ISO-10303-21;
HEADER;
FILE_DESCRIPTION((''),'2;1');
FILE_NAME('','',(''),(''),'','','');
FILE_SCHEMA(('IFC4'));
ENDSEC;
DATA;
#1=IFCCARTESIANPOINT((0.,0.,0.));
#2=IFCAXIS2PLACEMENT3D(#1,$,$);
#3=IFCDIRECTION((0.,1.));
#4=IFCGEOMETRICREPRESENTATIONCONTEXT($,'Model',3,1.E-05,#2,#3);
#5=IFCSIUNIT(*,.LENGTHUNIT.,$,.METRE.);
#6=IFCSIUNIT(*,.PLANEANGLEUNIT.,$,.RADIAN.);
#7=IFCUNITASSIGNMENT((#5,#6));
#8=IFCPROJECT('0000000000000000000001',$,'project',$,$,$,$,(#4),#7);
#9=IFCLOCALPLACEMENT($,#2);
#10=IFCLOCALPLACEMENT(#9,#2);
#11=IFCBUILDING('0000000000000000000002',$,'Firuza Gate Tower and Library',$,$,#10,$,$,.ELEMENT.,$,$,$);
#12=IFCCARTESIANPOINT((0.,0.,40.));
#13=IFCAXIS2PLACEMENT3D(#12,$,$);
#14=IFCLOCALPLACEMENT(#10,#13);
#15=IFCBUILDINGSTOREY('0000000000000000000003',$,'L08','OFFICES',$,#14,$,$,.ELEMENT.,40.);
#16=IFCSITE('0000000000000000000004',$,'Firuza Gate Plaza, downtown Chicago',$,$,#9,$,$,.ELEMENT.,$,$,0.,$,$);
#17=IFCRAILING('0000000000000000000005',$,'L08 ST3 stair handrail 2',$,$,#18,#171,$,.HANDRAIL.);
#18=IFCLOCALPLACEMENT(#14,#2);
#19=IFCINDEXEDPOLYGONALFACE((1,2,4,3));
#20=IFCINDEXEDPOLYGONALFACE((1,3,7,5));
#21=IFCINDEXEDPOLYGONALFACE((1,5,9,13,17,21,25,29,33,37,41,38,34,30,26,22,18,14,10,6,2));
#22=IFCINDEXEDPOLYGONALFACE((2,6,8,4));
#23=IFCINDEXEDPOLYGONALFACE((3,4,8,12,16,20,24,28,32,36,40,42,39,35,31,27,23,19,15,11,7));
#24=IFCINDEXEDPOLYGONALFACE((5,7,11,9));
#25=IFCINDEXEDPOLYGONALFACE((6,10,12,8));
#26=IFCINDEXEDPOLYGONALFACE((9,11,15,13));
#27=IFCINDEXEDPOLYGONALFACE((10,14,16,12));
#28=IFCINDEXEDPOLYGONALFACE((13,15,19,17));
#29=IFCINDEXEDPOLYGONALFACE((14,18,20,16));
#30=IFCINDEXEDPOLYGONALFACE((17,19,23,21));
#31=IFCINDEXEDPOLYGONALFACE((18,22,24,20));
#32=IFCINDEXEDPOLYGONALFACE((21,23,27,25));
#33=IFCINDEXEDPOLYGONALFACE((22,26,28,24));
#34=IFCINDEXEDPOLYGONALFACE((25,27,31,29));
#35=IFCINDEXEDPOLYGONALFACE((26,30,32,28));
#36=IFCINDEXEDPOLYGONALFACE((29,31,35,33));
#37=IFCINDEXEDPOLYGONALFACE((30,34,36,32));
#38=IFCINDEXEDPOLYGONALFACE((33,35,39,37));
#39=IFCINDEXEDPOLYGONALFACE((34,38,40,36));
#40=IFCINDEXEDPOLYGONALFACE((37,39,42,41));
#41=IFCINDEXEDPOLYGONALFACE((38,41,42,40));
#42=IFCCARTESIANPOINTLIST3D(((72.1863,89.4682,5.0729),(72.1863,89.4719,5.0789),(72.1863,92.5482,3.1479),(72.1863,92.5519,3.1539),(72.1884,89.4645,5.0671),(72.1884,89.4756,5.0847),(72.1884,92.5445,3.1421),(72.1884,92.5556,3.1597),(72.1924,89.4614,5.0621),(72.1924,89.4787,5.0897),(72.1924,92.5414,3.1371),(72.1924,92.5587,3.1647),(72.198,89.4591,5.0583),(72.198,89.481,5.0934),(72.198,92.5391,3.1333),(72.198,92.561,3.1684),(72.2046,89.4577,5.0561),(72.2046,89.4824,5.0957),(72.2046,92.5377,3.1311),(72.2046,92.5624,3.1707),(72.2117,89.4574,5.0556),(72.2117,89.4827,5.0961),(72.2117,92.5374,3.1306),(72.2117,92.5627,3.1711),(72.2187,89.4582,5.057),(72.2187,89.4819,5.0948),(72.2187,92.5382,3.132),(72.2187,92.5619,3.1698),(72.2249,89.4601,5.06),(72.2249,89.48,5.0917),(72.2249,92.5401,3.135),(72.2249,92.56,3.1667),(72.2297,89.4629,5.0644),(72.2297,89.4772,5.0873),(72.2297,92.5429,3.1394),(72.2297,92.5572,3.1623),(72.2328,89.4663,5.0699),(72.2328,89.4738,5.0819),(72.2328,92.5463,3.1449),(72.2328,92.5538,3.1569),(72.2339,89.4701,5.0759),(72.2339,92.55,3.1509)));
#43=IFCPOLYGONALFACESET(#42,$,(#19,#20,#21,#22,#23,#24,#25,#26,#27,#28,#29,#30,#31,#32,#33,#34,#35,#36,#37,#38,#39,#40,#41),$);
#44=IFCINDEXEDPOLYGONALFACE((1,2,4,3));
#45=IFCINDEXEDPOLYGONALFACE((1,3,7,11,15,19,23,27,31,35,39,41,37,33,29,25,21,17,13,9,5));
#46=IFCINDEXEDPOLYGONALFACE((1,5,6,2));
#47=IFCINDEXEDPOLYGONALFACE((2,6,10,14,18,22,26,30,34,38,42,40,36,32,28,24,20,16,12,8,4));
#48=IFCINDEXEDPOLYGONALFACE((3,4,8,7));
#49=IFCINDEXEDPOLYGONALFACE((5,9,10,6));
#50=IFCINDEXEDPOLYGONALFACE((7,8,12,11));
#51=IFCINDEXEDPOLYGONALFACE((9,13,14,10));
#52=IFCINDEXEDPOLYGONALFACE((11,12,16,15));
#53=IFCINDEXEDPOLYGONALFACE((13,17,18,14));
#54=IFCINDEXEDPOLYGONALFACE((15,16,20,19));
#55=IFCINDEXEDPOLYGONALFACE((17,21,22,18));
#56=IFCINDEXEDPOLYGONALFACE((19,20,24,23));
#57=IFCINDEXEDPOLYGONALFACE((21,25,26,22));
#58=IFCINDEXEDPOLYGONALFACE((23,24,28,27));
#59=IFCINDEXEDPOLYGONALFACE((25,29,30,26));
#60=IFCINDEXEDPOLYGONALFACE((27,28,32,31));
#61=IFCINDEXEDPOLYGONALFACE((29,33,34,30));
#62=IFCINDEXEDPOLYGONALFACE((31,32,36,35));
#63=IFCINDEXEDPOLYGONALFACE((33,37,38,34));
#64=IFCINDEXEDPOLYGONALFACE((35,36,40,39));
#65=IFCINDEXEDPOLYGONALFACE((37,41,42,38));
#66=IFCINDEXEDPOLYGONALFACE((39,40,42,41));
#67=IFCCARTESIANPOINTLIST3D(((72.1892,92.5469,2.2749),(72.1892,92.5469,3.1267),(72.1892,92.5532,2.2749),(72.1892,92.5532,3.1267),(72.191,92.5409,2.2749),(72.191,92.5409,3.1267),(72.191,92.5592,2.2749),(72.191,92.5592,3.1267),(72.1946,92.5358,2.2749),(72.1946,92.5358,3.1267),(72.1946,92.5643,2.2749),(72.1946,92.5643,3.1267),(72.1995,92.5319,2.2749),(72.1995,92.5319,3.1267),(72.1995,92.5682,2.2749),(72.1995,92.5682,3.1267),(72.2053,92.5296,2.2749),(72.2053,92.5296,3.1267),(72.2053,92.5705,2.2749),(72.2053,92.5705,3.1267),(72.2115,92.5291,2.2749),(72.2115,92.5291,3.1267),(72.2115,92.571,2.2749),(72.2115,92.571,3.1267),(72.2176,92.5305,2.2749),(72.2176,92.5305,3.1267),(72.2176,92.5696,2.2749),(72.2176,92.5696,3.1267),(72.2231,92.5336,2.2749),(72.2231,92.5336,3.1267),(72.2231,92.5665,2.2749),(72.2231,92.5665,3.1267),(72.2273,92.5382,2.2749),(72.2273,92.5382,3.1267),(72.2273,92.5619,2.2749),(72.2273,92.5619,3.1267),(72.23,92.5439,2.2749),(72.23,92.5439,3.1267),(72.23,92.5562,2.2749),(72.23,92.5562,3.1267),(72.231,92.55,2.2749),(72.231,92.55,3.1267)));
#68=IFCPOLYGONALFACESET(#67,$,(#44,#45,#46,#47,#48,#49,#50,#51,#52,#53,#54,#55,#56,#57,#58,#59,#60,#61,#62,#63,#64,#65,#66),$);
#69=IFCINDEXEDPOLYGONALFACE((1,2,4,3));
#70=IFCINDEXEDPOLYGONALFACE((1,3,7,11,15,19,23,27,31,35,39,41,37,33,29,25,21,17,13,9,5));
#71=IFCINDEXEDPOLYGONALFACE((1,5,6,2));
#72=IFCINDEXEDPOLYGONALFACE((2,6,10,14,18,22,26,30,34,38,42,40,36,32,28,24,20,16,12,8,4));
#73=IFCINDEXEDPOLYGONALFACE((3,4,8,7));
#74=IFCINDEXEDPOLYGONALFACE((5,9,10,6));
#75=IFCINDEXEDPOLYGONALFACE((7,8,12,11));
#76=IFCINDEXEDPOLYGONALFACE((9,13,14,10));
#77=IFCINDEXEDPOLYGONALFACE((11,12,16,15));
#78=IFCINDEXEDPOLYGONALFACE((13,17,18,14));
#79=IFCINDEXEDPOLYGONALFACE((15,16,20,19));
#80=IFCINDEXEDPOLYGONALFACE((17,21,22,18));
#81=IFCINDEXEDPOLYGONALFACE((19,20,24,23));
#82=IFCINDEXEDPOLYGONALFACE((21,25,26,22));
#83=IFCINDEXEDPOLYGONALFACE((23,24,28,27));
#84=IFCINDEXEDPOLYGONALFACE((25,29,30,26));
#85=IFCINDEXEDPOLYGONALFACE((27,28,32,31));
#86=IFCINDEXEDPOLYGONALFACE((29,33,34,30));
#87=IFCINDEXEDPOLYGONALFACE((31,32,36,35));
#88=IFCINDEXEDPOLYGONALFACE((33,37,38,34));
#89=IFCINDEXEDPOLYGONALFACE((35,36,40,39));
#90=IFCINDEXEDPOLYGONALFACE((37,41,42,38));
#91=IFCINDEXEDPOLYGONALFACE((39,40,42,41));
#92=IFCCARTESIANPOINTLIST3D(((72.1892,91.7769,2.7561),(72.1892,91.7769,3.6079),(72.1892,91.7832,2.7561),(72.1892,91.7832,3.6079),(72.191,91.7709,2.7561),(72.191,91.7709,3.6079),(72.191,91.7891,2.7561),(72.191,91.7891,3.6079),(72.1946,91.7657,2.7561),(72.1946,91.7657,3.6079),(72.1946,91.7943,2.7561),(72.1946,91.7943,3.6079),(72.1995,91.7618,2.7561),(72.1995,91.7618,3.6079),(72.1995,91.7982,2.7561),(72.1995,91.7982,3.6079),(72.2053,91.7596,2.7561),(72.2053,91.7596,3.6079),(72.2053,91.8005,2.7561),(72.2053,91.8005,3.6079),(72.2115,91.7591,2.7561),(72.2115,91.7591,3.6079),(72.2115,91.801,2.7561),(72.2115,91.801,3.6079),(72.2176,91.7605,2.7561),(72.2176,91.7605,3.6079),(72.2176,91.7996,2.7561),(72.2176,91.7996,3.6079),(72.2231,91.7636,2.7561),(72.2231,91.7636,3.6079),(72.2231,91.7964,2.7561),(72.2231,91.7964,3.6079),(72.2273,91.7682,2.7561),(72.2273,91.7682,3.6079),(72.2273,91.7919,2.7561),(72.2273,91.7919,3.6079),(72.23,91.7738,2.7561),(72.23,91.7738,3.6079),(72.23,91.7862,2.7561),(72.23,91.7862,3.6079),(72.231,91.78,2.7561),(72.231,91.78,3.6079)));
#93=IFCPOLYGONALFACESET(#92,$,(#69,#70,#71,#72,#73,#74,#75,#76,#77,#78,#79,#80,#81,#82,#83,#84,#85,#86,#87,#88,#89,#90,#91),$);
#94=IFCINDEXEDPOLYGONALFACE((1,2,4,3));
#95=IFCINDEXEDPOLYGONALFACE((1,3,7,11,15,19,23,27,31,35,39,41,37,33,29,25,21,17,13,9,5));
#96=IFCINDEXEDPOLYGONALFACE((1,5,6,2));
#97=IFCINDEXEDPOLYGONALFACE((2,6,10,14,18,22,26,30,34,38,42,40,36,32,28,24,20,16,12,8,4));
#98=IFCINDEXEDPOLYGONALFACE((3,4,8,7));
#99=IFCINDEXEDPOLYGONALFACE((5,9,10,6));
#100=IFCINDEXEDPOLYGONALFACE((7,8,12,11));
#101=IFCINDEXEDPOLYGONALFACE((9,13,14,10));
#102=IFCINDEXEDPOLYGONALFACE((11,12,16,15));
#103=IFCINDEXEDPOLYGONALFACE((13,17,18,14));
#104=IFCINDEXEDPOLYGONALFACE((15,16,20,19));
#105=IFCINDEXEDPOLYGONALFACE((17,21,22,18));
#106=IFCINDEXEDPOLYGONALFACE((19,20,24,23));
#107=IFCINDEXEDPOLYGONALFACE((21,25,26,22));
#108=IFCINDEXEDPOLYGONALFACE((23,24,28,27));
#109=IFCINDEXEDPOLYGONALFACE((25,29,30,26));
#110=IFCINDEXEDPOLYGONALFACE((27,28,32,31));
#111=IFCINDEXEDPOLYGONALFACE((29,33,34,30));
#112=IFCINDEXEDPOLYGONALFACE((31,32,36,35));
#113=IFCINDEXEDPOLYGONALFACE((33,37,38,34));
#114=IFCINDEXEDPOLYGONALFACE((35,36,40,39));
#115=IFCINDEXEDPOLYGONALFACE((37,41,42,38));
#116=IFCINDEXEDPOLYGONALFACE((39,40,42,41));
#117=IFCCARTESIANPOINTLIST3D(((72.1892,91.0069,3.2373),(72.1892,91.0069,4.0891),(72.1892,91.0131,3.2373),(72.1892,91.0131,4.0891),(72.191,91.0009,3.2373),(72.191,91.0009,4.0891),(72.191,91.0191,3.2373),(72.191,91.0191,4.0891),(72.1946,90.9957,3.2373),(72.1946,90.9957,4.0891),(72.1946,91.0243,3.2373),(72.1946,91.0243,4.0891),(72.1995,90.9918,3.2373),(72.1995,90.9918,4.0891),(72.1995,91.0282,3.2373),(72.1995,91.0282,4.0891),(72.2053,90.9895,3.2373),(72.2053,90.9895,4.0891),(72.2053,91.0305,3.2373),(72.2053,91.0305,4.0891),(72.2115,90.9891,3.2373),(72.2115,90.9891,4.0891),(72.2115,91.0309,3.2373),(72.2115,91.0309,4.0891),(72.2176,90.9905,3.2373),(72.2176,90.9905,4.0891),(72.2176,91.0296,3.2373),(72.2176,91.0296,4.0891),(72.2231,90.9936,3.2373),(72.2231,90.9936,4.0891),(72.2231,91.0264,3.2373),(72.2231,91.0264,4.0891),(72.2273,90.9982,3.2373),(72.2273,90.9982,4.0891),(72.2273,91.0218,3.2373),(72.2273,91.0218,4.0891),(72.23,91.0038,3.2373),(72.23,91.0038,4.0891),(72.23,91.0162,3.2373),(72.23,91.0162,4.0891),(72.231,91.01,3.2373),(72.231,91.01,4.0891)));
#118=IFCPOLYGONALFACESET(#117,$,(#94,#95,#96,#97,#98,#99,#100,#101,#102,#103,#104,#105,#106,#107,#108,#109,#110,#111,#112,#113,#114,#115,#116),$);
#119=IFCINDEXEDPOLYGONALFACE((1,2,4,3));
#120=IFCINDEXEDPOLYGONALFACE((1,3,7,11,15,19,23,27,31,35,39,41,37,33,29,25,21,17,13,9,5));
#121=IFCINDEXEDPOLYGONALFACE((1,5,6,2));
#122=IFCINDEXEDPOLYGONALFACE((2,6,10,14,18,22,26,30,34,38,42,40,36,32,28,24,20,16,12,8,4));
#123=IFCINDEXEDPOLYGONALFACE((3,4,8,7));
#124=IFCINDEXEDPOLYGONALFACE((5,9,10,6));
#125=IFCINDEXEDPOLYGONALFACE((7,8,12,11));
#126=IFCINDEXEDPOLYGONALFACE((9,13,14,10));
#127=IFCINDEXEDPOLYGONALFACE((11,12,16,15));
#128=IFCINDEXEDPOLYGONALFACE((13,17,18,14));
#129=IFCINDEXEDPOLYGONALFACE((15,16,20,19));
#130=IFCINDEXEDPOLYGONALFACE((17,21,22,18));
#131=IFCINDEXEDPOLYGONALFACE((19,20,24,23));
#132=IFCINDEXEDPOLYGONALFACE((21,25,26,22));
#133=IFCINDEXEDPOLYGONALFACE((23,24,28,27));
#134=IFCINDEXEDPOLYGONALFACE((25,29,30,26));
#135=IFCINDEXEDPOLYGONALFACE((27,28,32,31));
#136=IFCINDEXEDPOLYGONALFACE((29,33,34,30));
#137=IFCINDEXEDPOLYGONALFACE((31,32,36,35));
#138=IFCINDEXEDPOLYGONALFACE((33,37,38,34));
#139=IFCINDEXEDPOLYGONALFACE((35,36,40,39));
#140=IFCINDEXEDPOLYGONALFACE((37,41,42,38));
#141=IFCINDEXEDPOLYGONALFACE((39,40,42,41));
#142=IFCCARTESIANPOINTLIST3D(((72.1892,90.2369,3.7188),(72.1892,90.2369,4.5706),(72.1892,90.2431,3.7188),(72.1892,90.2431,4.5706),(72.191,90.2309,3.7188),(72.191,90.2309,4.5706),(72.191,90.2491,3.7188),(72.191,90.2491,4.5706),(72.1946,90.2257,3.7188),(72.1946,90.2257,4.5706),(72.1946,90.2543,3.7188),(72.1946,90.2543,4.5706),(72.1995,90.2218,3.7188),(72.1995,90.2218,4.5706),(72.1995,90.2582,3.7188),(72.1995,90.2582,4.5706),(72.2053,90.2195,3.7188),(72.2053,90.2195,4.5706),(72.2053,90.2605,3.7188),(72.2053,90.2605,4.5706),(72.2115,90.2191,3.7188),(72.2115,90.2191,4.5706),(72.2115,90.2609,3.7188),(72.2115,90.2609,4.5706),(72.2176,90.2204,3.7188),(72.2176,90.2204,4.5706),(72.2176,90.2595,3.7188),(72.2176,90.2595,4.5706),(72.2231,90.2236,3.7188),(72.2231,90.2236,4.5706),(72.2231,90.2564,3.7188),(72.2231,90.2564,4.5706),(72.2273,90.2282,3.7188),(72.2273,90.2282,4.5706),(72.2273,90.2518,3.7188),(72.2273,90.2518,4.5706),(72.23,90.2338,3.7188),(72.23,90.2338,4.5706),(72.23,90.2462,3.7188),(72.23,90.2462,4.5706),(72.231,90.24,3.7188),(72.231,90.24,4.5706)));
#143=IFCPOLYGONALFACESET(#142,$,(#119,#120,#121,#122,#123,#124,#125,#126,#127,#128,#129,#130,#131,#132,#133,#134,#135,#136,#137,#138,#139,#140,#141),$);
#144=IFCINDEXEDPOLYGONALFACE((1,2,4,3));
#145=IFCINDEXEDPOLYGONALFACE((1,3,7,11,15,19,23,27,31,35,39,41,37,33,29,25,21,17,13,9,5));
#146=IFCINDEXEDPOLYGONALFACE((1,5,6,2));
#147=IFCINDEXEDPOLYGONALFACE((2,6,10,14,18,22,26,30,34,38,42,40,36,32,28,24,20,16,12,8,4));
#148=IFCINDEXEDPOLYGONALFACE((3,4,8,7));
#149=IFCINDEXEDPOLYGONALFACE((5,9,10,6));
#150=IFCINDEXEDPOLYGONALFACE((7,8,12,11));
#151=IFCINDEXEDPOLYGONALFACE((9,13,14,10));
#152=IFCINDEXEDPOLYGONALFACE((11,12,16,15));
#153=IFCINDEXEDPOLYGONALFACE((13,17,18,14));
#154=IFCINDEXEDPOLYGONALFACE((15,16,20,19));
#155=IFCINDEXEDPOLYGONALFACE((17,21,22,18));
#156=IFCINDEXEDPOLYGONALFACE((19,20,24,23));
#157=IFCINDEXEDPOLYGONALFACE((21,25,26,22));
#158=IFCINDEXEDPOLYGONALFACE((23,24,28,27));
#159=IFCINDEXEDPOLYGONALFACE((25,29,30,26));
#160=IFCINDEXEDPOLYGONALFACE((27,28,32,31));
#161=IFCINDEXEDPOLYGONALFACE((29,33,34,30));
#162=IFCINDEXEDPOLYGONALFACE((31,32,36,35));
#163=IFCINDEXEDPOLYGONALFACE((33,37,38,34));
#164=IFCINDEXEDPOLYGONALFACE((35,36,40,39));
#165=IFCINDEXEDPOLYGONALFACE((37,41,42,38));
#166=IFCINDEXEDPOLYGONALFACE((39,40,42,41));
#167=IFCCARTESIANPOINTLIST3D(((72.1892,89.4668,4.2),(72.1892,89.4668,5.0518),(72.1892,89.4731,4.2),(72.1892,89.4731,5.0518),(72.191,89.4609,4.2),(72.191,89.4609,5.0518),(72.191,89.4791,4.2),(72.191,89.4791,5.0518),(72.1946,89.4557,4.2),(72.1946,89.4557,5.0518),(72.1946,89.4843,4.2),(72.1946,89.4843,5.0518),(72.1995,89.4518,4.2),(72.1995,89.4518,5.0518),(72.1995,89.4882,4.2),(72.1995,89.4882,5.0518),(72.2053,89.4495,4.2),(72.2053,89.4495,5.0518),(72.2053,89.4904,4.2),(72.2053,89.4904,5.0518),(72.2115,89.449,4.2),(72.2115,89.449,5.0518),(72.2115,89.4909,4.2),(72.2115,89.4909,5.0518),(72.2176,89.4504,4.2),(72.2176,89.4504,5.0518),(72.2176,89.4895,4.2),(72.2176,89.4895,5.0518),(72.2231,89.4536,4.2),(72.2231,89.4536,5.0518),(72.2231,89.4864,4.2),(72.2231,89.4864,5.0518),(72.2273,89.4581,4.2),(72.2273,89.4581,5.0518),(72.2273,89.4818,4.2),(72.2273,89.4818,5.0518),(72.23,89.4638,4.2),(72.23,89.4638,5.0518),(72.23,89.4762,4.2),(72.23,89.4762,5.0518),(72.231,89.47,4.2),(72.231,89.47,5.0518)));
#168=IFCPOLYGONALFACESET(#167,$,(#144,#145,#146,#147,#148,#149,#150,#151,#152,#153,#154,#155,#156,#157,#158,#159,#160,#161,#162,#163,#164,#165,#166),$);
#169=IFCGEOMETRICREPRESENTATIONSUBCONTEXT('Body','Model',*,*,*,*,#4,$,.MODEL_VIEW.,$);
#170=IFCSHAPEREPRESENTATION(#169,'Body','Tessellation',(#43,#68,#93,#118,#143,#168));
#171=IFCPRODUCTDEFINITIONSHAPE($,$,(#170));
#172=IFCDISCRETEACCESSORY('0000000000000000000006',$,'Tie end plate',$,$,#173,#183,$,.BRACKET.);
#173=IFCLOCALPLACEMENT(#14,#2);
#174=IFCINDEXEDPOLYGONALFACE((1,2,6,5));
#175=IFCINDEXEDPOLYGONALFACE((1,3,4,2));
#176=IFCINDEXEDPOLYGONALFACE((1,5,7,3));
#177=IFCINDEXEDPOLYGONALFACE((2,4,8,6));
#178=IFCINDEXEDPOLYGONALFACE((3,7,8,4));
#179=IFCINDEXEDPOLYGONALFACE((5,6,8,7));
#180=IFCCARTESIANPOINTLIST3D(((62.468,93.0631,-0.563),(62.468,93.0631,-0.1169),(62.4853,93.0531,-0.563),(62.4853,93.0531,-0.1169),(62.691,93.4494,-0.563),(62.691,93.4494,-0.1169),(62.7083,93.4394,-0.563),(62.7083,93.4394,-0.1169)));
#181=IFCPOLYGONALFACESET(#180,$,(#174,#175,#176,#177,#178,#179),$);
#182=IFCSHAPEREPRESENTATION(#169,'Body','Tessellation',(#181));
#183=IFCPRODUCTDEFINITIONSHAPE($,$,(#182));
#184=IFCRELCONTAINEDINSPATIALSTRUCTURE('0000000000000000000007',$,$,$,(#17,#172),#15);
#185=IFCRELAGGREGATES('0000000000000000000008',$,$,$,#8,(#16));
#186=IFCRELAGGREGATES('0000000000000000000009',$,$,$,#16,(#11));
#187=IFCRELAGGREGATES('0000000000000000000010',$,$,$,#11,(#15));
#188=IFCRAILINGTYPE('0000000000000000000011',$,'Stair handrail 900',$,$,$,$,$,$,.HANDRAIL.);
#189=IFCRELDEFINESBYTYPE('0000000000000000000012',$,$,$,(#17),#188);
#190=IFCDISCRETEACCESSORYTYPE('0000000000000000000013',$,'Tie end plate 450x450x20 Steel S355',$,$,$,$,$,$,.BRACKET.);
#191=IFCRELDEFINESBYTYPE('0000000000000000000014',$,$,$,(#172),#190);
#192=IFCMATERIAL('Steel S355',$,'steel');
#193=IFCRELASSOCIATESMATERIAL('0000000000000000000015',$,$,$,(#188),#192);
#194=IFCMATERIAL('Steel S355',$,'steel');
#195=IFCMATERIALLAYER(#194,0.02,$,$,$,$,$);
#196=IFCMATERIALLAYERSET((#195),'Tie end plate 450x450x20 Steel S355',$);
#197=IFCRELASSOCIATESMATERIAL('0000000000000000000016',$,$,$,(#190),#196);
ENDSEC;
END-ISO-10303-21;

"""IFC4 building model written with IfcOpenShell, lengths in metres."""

from ifc_helpers import new_model, si_unit, direction, frame, origin, origin_2d, place, context, subcontext, project, spatial, rectangle, circle, extrude, material, layer, layer_set, type_object, element, save


model = new_model("IFC4")

# Units and contexts
model_context = context("Model", 3, precision=1e-05, world=origin(), true_north=direction((0.0, 1.0)))
body_context = subcontext(model_context, "Body", "Model", "MODEL_VIEW")
ifc_project = project(units=[si_unit("LENGTHUNIT", "METRE"), si_unit("PLANEANGLEUNIT", "RADIAN")], contexts=[model_context])

# Site, building, storey
site_placement = place(None, origin())
site = spatial("IfcSite", under=ifc_project, at=site_placement, Name="Firuza Gate Plaza, downtown Chicago", CompositionType="ELEMENT", RefElevation=0.0)
building_placement = place(site_placement, origin())
building = spatial("IfcBuilding", under=site, at=building_placement, Name="Firuza Gate Tower and Library", CompositionType="ELEMENT")
storey_placement = place(building_placement, frame((0.0, 0.0, 40.0)))
storey = spatial("IfcBuildingStorey", under=building, at=storey_placement, Name="L08", Description="OFFICES", CompositionType="ELEMENT", Elevation=40.0)

# Railing
ifc_material_1 = material(Name="Steel S355", Category="steel")
railing_type_1 = type_object("IfcRailingType", Name="Stair handrail 900", PredefinedType="HANDRAIL", material=ifc_material_1)
railing_1_placement = place(storey_placement, frame((72.21, 92.55, 2.2749)))
element("IfcRailing", 1, at=railing_1_placement, inside=storey, type_object=railing_type_1, Name="L08 ST3 stair handrail 2", PredefinedType="HANDRAIL", context=body_context, shape_type="SweptSolid", body=[
    extrude(circle(Radius=0.0239, at=origin_2d()), frame((0.0, 0.0, 0.876), z_axis=(0.0, -0.847998, 0.529999), x_axis=(1.0, 0.0, 0.0)), (0.0, 0.0, 1.0), 3.6321),
    extrude(circle(Radius=0.021, at=origin_2d()), origin(), (0.0, 0.0, 1.0), 0.8518),
    extrude(circle(Radius=0.021, at=origin_2d()), frame((0.0, -0.77, 0.4812)), (0.0, 0.0, 1.0), 0.8518),
    extrude(circle(Radius=0.021, at=origin_2d()), frame((0.0, -1.54, 0.9624)), (0.0, 0.0, 1.0), 0.8518),
    extrude(circle(Radius=0.021, at=origin_2d()), frame((0.0, -2.3101, 1.4438)), (0.0, 0.0, 1.0), 0.8518),
    extrude(circle(Radius=0.021, at=origin_2d()), frame((0.0, -3.0801, 1.925)), (0.0, 0.0, 1.0), 0.8518),
])

# Discrete accessory
ifc_material_2 = material(Name="Steel S355", Category="steel")
ifc_layer_1 = layer(ifc_material_2, 0.02)
ifc_layer_set_1 = layer_set([ifc_layer_1], Name="Tie end plate 450x450x20 Steel S355")
discrete_accessory_type = type_object("IfcDiscreteAccessoryType", Name="Tie end plate 450x450x20 Steel S355", PredefinedType="BRACKET", material=ifc_layer_set_1)
discrete_accessory_placement = place(storey_placement, frame((62.5881, 93.2512, -0.563), z_axis=(0.0, 0.0, 1.0), x_axis=(0.866025, -0.5, 0.0)))
element("IfcDiscreteAccessory", 2, at=discrete_accessory_placement, inside=storey, type_object=discrete_accessory_type, Name="Tie end plate", PredefinedType="BRACKET", context=body_context, shape_type="SweptSolid", body=[
    extrude(rectangle(XDim=0.02, YDim=0.446, at=origin_2d()), origin(), (0.0, 0.0, 1.0), 0.446),
])

save(model, "model.ifc")
